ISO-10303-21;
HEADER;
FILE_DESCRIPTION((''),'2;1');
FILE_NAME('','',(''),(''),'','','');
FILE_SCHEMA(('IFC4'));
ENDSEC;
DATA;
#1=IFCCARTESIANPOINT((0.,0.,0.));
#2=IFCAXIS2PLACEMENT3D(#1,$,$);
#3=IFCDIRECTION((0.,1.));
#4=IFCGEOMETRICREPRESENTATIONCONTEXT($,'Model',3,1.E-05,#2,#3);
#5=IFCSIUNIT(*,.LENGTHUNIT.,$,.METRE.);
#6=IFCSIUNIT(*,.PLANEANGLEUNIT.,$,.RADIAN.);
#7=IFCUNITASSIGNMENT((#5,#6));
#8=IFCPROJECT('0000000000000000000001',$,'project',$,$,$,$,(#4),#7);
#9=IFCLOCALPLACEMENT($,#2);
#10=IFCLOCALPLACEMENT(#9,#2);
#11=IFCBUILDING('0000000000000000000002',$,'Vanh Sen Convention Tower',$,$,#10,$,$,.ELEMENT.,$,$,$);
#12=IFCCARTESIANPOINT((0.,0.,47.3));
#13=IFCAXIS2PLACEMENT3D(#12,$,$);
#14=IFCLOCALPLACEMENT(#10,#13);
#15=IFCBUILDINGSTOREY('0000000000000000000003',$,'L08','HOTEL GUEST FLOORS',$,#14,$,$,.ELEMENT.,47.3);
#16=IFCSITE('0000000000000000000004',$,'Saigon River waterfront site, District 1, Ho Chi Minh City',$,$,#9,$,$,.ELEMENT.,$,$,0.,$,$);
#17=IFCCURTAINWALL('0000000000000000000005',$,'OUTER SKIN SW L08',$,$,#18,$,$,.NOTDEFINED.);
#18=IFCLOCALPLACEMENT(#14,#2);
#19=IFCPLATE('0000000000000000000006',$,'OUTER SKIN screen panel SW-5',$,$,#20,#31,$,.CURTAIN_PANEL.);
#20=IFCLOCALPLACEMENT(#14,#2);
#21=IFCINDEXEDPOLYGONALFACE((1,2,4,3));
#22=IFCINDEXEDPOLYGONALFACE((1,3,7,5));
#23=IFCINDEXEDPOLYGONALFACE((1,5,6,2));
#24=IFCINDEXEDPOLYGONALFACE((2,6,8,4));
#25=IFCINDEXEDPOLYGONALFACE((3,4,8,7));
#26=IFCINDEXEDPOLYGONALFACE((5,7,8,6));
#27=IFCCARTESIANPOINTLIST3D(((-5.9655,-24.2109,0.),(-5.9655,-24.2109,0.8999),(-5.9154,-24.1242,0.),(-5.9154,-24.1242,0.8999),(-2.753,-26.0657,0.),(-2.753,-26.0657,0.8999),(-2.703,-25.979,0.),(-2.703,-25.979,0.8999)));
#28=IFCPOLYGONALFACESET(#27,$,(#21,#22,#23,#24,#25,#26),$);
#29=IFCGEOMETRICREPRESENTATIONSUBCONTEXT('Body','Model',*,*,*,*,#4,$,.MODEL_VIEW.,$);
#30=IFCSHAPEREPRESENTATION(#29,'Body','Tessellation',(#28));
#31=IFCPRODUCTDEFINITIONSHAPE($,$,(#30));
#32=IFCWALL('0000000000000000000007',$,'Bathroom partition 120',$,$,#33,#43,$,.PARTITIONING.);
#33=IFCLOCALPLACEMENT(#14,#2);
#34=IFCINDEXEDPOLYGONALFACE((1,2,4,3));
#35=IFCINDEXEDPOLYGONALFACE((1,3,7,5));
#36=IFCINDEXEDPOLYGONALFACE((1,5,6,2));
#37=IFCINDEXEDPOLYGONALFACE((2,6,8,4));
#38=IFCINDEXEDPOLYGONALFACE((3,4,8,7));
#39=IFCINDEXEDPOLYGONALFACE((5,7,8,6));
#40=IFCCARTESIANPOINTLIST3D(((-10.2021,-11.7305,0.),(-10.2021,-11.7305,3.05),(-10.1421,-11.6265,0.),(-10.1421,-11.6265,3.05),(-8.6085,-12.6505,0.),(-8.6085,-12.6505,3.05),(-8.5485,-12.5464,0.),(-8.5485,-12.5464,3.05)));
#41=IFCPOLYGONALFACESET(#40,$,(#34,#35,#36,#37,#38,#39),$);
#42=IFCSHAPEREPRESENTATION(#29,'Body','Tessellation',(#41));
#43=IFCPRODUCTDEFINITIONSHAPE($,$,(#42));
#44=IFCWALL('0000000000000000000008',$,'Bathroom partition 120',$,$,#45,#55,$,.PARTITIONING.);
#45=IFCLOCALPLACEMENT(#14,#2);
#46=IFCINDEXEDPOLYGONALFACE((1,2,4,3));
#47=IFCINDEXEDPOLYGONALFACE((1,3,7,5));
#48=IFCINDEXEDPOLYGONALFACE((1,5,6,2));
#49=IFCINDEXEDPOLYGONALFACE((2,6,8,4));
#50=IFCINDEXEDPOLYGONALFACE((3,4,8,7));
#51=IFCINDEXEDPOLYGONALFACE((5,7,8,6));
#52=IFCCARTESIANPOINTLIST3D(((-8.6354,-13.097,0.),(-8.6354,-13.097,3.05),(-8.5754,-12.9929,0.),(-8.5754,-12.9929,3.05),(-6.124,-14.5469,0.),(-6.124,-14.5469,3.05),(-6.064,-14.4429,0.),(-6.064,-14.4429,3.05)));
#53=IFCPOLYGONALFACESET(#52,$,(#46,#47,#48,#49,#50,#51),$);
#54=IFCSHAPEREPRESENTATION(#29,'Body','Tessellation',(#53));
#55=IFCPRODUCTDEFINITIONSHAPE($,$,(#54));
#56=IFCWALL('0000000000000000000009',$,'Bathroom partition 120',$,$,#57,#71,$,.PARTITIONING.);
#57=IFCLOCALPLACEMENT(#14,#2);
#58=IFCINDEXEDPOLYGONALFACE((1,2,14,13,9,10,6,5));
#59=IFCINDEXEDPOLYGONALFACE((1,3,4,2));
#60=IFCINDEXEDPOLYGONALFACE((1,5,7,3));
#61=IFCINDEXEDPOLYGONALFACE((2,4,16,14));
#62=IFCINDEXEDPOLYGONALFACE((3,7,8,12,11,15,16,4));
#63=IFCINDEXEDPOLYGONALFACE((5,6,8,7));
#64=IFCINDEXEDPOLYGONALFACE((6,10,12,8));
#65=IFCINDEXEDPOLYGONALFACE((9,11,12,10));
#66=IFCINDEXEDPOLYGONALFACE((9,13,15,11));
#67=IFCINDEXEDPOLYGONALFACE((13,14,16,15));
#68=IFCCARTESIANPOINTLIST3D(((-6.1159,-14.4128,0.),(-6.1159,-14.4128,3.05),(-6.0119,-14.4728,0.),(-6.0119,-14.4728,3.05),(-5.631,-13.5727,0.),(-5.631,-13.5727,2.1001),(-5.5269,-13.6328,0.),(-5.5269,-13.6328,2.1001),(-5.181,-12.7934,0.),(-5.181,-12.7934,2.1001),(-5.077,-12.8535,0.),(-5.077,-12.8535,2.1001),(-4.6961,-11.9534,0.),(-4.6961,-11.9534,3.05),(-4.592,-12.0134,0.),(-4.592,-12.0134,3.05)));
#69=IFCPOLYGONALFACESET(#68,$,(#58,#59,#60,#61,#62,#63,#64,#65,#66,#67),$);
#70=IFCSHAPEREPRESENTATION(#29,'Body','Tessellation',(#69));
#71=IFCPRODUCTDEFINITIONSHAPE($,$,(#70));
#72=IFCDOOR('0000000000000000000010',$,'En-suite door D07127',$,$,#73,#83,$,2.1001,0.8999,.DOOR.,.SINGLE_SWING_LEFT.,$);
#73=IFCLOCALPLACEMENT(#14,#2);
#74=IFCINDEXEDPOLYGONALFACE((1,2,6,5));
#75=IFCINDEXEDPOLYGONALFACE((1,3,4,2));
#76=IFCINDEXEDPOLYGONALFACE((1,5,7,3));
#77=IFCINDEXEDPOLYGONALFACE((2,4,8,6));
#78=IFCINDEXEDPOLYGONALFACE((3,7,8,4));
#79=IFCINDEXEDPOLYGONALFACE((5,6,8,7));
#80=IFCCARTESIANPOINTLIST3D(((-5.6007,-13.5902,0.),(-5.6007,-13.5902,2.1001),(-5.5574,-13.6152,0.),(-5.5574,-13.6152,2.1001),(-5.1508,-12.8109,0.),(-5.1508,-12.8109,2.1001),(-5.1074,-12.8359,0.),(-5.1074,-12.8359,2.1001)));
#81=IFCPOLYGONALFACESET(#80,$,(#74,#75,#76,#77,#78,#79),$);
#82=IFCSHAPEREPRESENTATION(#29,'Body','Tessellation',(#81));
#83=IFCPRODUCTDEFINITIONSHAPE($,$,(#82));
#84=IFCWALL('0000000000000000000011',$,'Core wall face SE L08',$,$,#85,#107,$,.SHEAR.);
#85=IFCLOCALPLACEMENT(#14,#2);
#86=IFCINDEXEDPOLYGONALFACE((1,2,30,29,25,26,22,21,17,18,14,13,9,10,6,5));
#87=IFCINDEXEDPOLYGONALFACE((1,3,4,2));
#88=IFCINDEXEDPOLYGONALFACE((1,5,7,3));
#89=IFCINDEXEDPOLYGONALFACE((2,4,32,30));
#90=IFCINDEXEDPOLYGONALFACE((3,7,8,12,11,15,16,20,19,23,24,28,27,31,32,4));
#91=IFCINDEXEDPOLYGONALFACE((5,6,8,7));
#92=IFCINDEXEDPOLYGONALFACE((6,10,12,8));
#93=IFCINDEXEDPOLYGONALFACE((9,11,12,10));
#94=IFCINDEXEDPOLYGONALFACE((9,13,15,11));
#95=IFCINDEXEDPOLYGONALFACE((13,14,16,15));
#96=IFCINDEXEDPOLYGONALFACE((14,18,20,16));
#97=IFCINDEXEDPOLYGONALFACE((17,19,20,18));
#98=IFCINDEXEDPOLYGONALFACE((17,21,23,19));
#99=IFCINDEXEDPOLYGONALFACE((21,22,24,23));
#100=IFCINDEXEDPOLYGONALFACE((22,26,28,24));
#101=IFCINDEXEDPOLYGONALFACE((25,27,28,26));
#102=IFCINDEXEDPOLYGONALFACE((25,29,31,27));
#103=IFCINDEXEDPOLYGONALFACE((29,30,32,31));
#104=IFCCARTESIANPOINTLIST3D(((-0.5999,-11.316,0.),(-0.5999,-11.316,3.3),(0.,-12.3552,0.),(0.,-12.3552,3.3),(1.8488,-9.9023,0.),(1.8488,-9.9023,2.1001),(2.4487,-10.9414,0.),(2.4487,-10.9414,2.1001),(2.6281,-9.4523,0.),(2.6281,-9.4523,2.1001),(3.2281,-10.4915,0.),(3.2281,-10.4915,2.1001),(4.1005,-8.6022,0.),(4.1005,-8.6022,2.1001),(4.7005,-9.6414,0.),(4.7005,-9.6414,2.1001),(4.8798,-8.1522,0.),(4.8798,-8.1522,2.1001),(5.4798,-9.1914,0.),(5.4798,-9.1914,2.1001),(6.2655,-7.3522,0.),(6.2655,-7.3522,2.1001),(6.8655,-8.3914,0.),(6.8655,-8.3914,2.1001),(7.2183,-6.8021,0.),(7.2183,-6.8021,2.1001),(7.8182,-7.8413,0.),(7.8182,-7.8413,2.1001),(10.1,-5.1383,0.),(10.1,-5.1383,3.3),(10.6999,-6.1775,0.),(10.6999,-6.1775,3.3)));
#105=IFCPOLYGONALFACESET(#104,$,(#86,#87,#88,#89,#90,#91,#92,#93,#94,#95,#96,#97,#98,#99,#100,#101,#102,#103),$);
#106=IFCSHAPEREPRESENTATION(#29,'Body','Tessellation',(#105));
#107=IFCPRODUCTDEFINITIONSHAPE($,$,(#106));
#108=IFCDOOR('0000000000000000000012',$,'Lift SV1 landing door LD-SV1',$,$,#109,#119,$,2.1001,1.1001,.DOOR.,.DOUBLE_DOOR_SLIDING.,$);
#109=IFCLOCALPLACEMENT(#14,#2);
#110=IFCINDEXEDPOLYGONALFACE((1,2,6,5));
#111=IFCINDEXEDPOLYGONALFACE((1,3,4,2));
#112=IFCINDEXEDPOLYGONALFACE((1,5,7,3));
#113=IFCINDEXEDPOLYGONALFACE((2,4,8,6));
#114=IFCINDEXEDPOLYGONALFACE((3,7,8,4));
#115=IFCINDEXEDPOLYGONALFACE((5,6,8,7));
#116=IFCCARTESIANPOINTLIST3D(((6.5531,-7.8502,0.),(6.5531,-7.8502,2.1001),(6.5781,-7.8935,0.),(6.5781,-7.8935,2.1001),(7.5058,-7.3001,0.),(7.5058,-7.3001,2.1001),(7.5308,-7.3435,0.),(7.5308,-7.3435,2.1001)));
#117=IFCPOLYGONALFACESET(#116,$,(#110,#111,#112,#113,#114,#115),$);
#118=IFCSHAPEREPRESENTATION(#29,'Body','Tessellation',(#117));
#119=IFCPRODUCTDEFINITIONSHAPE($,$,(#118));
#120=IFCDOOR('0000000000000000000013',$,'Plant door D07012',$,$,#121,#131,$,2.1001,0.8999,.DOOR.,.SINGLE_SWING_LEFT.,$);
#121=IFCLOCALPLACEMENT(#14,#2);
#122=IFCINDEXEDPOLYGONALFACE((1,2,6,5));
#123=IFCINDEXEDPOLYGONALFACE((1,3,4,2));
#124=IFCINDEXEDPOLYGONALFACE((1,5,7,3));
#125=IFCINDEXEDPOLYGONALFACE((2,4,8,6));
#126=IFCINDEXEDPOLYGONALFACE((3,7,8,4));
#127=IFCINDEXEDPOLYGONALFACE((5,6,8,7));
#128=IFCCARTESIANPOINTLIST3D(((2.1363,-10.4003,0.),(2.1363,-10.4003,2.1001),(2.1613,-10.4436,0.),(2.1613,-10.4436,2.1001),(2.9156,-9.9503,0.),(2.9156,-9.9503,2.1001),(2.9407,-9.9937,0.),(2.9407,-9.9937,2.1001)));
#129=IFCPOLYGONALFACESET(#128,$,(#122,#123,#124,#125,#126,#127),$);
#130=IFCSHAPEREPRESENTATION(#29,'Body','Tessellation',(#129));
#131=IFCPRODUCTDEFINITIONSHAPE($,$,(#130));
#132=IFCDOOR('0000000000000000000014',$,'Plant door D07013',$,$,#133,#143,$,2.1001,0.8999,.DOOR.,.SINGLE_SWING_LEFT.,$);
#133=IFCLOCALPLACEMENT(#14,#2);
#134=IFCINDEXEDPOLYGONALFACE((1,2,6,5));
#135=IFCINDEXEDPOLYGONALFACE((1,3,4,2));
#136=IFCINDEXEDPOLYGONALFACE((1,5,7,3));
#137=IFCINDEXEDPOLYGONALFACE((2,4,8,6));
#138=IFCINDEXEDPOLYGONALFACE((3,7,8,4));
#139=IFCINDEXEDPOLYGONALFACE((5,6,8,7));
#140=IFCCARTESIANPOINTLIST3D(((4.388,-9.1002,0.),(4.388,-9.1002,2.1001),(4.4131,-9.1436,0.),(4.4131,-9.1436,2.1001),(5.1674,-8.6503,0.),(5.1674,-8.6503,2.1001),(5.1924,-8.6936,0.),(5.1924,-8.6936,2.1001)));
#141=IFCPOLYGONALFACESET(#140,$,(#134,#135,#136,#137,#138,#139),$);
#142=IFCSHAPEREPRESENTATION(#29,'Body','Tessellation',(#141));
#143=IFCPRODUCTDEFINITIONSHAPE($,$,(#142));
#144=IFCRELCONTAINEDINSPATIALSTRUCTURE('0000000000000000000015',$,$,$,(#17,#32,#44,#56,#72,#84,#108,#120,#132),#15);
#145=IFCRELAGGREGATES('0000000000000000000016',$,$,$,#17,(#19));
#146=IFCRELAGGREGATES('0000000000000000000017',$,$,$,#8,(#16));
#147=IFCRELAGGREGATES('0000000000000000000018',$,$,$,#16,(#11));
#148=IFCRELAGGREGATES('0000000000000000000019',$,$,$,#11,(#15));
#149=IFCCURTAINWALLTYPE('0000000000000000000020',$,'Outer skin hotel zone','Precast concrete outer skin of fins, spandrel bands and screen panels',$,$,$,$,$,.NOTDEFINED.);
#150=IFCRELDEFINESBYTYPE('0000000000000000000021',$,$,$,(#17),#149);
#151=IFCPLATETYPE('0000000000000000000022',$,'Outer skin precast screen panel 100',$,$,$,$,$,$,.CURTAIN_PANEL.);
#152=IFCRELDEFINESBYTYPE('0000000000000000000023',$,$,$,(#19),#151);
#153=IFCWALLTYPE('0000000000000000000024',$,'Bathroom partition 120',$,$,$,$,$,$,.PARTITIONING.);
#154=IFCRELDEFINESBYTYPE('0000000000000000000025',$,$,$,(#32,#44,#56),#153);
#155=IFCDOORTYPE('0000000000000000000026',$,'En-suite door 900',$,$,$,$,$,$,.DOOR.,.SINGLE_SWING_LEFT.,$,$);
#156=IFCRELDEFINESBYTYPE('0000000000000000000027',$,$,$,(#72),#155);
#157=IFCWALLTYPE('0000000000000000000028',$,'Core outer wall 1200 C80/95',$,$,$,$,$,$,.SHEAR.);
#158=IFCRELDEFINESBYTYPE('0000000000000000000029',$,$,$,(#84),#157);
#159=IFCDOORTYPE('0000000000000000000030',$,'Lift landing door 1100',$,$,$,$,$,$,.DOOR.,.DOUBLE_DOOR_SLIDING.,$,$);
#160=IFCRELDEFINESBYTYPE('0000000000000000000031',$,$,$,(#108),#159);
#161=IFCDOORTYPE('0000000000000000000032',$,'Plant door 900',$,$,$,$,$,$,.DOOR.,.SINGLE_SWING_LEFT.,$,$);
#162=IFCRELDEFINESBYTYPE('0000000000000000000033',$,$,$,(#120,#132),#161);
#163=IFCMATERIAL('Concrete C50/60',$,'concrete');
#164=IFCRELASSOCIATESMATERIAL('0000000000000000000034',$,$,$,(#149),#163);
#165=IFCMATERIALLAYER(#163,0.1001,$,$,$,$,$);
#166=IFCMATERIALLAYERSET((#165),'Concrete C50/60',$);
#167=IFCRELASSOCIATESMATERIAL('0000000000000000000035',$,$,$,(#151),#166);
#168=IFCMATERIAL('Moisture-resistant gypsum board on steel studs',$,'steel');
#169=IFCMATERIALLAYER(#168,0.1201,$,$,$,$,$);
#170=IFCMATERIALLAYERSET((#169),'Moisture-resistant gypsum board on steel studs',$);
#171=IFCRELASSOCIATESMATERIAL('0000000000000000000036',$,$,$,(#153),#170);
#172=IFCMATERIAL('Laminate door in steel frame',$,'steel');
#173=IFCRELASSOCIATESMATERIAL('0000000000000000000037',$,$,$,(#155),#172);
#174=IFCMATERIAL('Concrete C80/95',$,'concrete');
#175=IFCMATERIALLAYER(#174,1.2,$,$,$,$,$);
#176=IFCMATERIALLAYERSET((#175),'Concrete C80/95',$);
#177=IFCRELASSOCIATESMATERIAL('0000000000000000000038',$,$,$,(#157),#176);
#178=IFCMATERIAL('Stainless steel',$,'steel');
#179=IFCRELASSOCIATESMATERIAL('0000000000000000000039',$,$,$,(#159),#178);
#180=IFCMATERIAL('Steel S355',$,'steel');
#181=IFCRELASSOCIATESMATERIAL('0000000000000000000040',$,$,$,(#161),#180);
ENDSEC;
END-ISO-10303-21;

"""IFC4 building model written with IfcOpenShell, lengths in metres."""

from ifc_helpers import new_model, si_unit, direction, frame, frame_2d, origin, origin_2d, place, context, subcontext, project, spatial, rectangle, extrude, material, layer, layer_set, type_object, element, fill, aggregate, save


model = new_model("IFC4")

# Units and contexts
model_context = context("Model", 3, precision=1e-05, world=origin(), true_north=direction((0.0, 1.0)))
body_context = subcontext(model_context, "Body", "Model", "MODEL_VIEW")
ifc_project = project(units=[si_unit("LENGTHUNIT", "METRE"), si_unit("PLANEANGLEUNIT", "RADIAN")], contexts=[model_context])

# Site, building, storey
site_placement = place(None, origin())
site = spatial("IfcSite", under=ifc_project, at=site_placement, Name="Saigon River waterfront site, District 1, Ho Chi Minh City", CompositionType="ELEMENT", RefElevation=0.0)
building_placement = place(site_placement, origin())
building = spatial("IfcBuilding", under=site, at=building_placement, Name="Vanh Sen Convention Tower", CompositionType="ELEMENT")
storey_placement = place(building_placement, frame((0.0, 0.0, 47.3)))
storey = spatial("IfcBuildingStorey", under=building, at=storey_placement, Name="L08", Description="HOTEL GUEST FLOORS", CompositionType="ELEMENT", Elevation=47.3)

# Shared definitions
ifc_material_1 = material(Name="Concrete C80/95", Category="concrete")

# Curtain wall
ifc_material_2 = material(Name="Concrete C50/60", Category="concrete")
curtain_wall_type = type_object("IfcCurtainWallType", Name="Outer skin hotel zone", Description="Precast concrete outer skin of fins, spandrel bands and screen panels", PredefinedType="NOTDEFINED", material=ifc_material_2)
curtain_wall_1_placement = place(storey_placement, origin())
curtain_wall_1 = element("IfcCurtainWall", 1, at=curtain_wall_1_placement, inside=storey, type_object=curtain_wall_type, Name="OUTER SKIN SW L08", PredefinedType="NOTDEFINED")

# Plate
ifc_layer_1 = layer(ifc_material_2, 0.1001)
ifc_layer_set_1 = layer_set([ifc_layer_1], Name="Concrete C50/60")
plate_type = type_object("IfcPlateType", Name="Outer skin precast screen panel 100", PredefinedType="CURTAIN_PANEL", material=ifc_layer_set_1)
plate_1_placement = place(storey_placement, frame((-4.3342, -25.095, 0.0), z_axis=(0.0, 0.0, 1.0), x_axis=(0.866021, -0.500008, 0.0)))
plate_1 = element("IfcPlate", 2, at=plate_1_placement, type_object=plate_type, Name="OUTER SKIN screen panel SW-5", PredefinedType="CURTAIN_PANEL", context=body_context, shape_type="SweptSolid", body=[
    extrude(rectangle(XDim=3.7095, YDim=0.1001, at=origin_2d()), origin(), (0.0, 0.0, 1.0), 0.8999),
])
aggregate(curtain_wall_1, [plate_1])

# Walls
ifc_material_3 = material(Name="Moisture-resistant gypsum board on steel studs", Category="steel")
ifc_layer_2 = layer(ifc_material_3, 0.1201)
ifc_layer_set_2 = layer_set([ifc_layer_2], Name="Moisture-resistant gypsum board on steel studs")
wall_type_1 = type_object("IfcWallType", Name="Bathroom partition 120", PredefinedType="PARTITIONING", material=ifc_layer_set_2)
wall_1_placement = place(storey_placement, frame((-8.5786, -12.5984, 0.0), z_axis=(0.0, 0.0, 1.0), x_axis=(-0.866046, 0.499964, 0.0)))
element("IfcWall", 3, at=wall_1_placement, inside=storey, type_object=wall_type_1, Name="Bathroom partition 120", PredefinedType="PARTITIONING", context=body_context, shape_type="SweptSolid", body=[
    extrude(rectangle(XDim=1.8401, YDim=0.1201, at=frame_2d((0.9199, 0.0))), origin(), (0.0, 0.0, 1.0), 3.05),
])
wall_2_placement = place(storey_placement, frame((-6.094, -14.4949, 0.0), z_axis=(0.0, 0.0, 1.0), x_axis=(-0.866033, 0.499987, 0.0)))
element("IfcWall", 4, at=wall_2_placement, inside=storey, type_object=wall_type_1, Name="Bathroom partition 120", PredefinedType="PARTITIONING", context=body_context, shape_type="SweptSolid", body=[
    extrude(rectangle(XDim=2.8999, YDim=0.1201, at=frame_2d((1.45, 0.0))), origin(), (0.0, 0.0, 1.0), 3.05),
])

# Wall, opening, door
wall_3_placement = place(storey_placement, frame((-4.644, -11.9834, 0.0), z_axis=(0.0, 0.0, 1.0), x_axis=(-0.499985, -0.866034, 0.0)))
wall_3 = element("IfcWall", 5, at=wall_3_placement, inside=storey, type_object=wall_type_1, Name="Bathroom partition 120", PredefinedType="PARTITIONING", context=body_context, shape_type="SweptSolid", body=[
    extrude(rectangle(XDim=2.8398, YDim=0.1201, at=frame_2d((1.4199, 0.0))), origin(), (0.0, 0.0, 1.0), 3.05),
])
opening_1_placement = place(wall_3_placement, frame((0.97, 0.0, 0.0)))
opening_1 = element("IfcOpeningElement", 6, at=opening_1_placement, cuts=wall_3, PredefinedType="OPENING", context=body_context, shape_type="SweptSolid", body=[
    extrude(rectangle(XDim=0.8999, YDim=2.1001, at=frame_2d((0.45, 1.05))), frame((0.0, 0.0701, 0.0), z_axis=(0.0, -1.0, 0.0), x_axis=(1.0, 0.0, 0.0)), (0.0, 0.0, 1.0), 0.1401),
])
ifc_material_4 = material(Name="Laminate door in steel frame", Category="steel")
door_type_1 = type_object("IfcDoorType", Name="En-suite door 900", OperationType="SINGLE_SWING_LEFT", PredefinedType="DOOR", material=ifc_material_4)
door_1_placement = place(opening_1_placement, origin())
door_1 = element("IfcDoor", 7, at=door_1_placement, inside=storey, type_object=door_type_1, Name="En-suite door D07127", OperationType="SINGLE_SWING_LEFT", OverallHeight=2.1001, OverallWidth=0.8999, PredefinedType="DOOR", context=body_context, shape_type="SweptSolid", body=[
    extrude(rectangle(XDim=0.8999, YDim=2.1001, at=frame_2d((0.45, 1.05))), frame((0.0, 0.0249, 0.0), z_axis=(0.0, -1.0, 0.0), x_axis=(1.0, 0.0, 0.0)), (0.0, 0.0, 1.0), 0.05),
])
fill(opening_1, door_1)

# Wall, openings, doors
ifc_layer_3 = layer(ifc_material_1, 1.2)
ifc_layer_set_3 = layer_set([ifc_layer_3], Name="Concrete C80/95")
wall_type_2 = type_object("IfcWallType", Name="Core outer wall 1200 C80/95", PredefinedType="SHEAR", material=ifc_layer_set_3)
wall_4_placement = place(storey_placement, frame((-0.3, -11.8357, 0.0), z_axis=(0.0, 0.0, 1.0), x_axis=(0.866021, 0.500007, 0.0)))
wall_4 = element("IfcWall", 8, at=wall_4_placement, inside=storey, type_object=wall_type_2, Name="Core wall face SE L08", PredefinedType="SHEAR", context=body_context, shape_type="SweptSolid", body=[
    extrude(rectangle(XDim=12.3552, YDim=1.2, at=frame_2d((6.1777, 0.0))), origin(), (0.0, 0.0, 1.0), 3.3),
])
opening_2_placement = place(wall_4_placement, frame((2.8276, 0.0, 0.0)))
opening_2 = element("IfcOpeningElement", 9, at=opening_2_placement, cuts=wall_4, PredefinedType="OPENING", context=body_context, shape_type="SweptSolid", body=[
    extrude(rectangle(XDim=0.8999, YDim=2.1001, at=frame_2d((0.45, 1.05))), frame((0.0, 0.6099, 0.0), z_axis=(0.0, -1.0, 0.0), x_axis=(1.0, 0.0, 0.0)), (0.0, 0.0, 1.0), 1.22),
])
opening_3_placement = place(wall_4_placement, frame((5.4277, 0.0, 0.0)))
opening_3 = element("IfcOpeningElement", 10, at=opening_3_placement, cuts=wall_4, PredefinedType="OPENING", context=body_context, shape_type="SweptSolid", body=[
    extrude(rectangle(XDim=0.8999, YDim=2.1001, at=frame_2d((0.45, 1.05))), frame((0.0, 0.6099, 0.0), z_axis=(0.0, -1.0, 0.0), x_axis=(1.0, 0.0, 0.0)), (0.0, 0.0, 1.0), 1.22),
])
opening_4_placement = place(wall_4_placement, frame((7.9277, 0.0, 0.0)))
opening_4 = element("IfcOpeningElement", 11, at=opening_4_placement, cuts=wall_4, PredefinedType="OPENING", context=body_context, shape_type="SweptSolid", body=[
    extrude(rectangle(XDim=1.1001, YDim=2.1001, at=frame_2d((0.55, 1.05))), frame((0.0, 0.6099, 0.0), z_axis=(0.0, -1.0, 0.0), x_axis=(1.0, 0.0, 0.0)), (0.0, 0.0, 1.0), 1.22),
])
ifc_material_5 = material(Name="Stainless steel", Category="steel")
door_type_2 = type_object("IfcDoorType", Name="Lift landing door 1100", OperationType="DOUBLE_DOOR_SLIDING", PredefinedType="DOOR", material=ifc_material_5)
door_2_placement = place(opening_4_placement, origin())
door_2 = element("IfcDoor", 12, at=door_2_placement, inside=storey, type_object=door_type_2, Name="Lift SV1 landing door LD-SV1", OperationType="DOUBLE_DOOR_SLIDING", OverallHeight=2.1001, OverallWidth=1.1001, PredefinedType="DOOR", context=body_context, shape_type="SweptSolid", body=[
    extrude(rectangle(XDim=1.1001, YDim=2.1001, at=frame_2d((0.55, 1.05))), frame((0.0, 0.0249, 0.0), z_axis=(0.0, -1.0, 0.0), x_axis=(1.0, 0.0, 0.0)), (0.0, 0.0, 1.0), 0.05),
])
fill(opening_4, door_2)
ifc_material_6 = material(Name="Steel S355", Category="steel")
door_type_3 = type_object("IfcDoorType", Name="Plant door 900", OperationType="SINGLE_SWING_LEFT", PredefinedType="DOOR", material=ifc_material_6)
door_3_placement = place(opening_2_placement, origin())
door_3 = element("IfcDoor", 13, at=door_3_placement, inside=storey, type_object=door_type_3, Name="Plant door D07012", OperationType="SINGLE_SWING_LEFT", OverallHeight=2.1001, OverallWidth=0.8999, PredefinedType="DOOR", context=body_context, shape_type="SweptSolid", body=[
    extrude(rectangle(XDim=0.8999, YDim=2.1001, at=frame_2d((0.45, 1.05))), frame((0.0, 0.0249, 0.0), z_axis=(0.0, -1.0, 0.0), x_axis=(1.0, 0.0, 0.0)), (0.0, 0.0, 1.0), 0.05),
])
fill(opening_2, door_3)
door_4_placement = place(opening_3_placement, origin())
door_4 = element("IfcDoor", 14, at=door_4_placement, inside=storey, type_object=door_type_3, Name="Plant door D07013", OperationType="SINGLE_SWING_LEFT", OverallHeight=2.1001, OverallWidth=0.8999, PredefinedType="DOOR", context=body_context, shape_type="SweptSolid", body=[
    extrude(rectangle(XDim=0.8999, YDim=2.1001, at=frame_2d((0.45, 1.05))), frame((0.0, 0.0249, 0.0), z_axis=(0.0, -1.0, 0.0), x_axis=(1.0, 0.0, 0.0)), (0.0, 0.0, 1.0), 0.05),
])
fill(opening_3, door_4)

save(model, "model.ifc")
